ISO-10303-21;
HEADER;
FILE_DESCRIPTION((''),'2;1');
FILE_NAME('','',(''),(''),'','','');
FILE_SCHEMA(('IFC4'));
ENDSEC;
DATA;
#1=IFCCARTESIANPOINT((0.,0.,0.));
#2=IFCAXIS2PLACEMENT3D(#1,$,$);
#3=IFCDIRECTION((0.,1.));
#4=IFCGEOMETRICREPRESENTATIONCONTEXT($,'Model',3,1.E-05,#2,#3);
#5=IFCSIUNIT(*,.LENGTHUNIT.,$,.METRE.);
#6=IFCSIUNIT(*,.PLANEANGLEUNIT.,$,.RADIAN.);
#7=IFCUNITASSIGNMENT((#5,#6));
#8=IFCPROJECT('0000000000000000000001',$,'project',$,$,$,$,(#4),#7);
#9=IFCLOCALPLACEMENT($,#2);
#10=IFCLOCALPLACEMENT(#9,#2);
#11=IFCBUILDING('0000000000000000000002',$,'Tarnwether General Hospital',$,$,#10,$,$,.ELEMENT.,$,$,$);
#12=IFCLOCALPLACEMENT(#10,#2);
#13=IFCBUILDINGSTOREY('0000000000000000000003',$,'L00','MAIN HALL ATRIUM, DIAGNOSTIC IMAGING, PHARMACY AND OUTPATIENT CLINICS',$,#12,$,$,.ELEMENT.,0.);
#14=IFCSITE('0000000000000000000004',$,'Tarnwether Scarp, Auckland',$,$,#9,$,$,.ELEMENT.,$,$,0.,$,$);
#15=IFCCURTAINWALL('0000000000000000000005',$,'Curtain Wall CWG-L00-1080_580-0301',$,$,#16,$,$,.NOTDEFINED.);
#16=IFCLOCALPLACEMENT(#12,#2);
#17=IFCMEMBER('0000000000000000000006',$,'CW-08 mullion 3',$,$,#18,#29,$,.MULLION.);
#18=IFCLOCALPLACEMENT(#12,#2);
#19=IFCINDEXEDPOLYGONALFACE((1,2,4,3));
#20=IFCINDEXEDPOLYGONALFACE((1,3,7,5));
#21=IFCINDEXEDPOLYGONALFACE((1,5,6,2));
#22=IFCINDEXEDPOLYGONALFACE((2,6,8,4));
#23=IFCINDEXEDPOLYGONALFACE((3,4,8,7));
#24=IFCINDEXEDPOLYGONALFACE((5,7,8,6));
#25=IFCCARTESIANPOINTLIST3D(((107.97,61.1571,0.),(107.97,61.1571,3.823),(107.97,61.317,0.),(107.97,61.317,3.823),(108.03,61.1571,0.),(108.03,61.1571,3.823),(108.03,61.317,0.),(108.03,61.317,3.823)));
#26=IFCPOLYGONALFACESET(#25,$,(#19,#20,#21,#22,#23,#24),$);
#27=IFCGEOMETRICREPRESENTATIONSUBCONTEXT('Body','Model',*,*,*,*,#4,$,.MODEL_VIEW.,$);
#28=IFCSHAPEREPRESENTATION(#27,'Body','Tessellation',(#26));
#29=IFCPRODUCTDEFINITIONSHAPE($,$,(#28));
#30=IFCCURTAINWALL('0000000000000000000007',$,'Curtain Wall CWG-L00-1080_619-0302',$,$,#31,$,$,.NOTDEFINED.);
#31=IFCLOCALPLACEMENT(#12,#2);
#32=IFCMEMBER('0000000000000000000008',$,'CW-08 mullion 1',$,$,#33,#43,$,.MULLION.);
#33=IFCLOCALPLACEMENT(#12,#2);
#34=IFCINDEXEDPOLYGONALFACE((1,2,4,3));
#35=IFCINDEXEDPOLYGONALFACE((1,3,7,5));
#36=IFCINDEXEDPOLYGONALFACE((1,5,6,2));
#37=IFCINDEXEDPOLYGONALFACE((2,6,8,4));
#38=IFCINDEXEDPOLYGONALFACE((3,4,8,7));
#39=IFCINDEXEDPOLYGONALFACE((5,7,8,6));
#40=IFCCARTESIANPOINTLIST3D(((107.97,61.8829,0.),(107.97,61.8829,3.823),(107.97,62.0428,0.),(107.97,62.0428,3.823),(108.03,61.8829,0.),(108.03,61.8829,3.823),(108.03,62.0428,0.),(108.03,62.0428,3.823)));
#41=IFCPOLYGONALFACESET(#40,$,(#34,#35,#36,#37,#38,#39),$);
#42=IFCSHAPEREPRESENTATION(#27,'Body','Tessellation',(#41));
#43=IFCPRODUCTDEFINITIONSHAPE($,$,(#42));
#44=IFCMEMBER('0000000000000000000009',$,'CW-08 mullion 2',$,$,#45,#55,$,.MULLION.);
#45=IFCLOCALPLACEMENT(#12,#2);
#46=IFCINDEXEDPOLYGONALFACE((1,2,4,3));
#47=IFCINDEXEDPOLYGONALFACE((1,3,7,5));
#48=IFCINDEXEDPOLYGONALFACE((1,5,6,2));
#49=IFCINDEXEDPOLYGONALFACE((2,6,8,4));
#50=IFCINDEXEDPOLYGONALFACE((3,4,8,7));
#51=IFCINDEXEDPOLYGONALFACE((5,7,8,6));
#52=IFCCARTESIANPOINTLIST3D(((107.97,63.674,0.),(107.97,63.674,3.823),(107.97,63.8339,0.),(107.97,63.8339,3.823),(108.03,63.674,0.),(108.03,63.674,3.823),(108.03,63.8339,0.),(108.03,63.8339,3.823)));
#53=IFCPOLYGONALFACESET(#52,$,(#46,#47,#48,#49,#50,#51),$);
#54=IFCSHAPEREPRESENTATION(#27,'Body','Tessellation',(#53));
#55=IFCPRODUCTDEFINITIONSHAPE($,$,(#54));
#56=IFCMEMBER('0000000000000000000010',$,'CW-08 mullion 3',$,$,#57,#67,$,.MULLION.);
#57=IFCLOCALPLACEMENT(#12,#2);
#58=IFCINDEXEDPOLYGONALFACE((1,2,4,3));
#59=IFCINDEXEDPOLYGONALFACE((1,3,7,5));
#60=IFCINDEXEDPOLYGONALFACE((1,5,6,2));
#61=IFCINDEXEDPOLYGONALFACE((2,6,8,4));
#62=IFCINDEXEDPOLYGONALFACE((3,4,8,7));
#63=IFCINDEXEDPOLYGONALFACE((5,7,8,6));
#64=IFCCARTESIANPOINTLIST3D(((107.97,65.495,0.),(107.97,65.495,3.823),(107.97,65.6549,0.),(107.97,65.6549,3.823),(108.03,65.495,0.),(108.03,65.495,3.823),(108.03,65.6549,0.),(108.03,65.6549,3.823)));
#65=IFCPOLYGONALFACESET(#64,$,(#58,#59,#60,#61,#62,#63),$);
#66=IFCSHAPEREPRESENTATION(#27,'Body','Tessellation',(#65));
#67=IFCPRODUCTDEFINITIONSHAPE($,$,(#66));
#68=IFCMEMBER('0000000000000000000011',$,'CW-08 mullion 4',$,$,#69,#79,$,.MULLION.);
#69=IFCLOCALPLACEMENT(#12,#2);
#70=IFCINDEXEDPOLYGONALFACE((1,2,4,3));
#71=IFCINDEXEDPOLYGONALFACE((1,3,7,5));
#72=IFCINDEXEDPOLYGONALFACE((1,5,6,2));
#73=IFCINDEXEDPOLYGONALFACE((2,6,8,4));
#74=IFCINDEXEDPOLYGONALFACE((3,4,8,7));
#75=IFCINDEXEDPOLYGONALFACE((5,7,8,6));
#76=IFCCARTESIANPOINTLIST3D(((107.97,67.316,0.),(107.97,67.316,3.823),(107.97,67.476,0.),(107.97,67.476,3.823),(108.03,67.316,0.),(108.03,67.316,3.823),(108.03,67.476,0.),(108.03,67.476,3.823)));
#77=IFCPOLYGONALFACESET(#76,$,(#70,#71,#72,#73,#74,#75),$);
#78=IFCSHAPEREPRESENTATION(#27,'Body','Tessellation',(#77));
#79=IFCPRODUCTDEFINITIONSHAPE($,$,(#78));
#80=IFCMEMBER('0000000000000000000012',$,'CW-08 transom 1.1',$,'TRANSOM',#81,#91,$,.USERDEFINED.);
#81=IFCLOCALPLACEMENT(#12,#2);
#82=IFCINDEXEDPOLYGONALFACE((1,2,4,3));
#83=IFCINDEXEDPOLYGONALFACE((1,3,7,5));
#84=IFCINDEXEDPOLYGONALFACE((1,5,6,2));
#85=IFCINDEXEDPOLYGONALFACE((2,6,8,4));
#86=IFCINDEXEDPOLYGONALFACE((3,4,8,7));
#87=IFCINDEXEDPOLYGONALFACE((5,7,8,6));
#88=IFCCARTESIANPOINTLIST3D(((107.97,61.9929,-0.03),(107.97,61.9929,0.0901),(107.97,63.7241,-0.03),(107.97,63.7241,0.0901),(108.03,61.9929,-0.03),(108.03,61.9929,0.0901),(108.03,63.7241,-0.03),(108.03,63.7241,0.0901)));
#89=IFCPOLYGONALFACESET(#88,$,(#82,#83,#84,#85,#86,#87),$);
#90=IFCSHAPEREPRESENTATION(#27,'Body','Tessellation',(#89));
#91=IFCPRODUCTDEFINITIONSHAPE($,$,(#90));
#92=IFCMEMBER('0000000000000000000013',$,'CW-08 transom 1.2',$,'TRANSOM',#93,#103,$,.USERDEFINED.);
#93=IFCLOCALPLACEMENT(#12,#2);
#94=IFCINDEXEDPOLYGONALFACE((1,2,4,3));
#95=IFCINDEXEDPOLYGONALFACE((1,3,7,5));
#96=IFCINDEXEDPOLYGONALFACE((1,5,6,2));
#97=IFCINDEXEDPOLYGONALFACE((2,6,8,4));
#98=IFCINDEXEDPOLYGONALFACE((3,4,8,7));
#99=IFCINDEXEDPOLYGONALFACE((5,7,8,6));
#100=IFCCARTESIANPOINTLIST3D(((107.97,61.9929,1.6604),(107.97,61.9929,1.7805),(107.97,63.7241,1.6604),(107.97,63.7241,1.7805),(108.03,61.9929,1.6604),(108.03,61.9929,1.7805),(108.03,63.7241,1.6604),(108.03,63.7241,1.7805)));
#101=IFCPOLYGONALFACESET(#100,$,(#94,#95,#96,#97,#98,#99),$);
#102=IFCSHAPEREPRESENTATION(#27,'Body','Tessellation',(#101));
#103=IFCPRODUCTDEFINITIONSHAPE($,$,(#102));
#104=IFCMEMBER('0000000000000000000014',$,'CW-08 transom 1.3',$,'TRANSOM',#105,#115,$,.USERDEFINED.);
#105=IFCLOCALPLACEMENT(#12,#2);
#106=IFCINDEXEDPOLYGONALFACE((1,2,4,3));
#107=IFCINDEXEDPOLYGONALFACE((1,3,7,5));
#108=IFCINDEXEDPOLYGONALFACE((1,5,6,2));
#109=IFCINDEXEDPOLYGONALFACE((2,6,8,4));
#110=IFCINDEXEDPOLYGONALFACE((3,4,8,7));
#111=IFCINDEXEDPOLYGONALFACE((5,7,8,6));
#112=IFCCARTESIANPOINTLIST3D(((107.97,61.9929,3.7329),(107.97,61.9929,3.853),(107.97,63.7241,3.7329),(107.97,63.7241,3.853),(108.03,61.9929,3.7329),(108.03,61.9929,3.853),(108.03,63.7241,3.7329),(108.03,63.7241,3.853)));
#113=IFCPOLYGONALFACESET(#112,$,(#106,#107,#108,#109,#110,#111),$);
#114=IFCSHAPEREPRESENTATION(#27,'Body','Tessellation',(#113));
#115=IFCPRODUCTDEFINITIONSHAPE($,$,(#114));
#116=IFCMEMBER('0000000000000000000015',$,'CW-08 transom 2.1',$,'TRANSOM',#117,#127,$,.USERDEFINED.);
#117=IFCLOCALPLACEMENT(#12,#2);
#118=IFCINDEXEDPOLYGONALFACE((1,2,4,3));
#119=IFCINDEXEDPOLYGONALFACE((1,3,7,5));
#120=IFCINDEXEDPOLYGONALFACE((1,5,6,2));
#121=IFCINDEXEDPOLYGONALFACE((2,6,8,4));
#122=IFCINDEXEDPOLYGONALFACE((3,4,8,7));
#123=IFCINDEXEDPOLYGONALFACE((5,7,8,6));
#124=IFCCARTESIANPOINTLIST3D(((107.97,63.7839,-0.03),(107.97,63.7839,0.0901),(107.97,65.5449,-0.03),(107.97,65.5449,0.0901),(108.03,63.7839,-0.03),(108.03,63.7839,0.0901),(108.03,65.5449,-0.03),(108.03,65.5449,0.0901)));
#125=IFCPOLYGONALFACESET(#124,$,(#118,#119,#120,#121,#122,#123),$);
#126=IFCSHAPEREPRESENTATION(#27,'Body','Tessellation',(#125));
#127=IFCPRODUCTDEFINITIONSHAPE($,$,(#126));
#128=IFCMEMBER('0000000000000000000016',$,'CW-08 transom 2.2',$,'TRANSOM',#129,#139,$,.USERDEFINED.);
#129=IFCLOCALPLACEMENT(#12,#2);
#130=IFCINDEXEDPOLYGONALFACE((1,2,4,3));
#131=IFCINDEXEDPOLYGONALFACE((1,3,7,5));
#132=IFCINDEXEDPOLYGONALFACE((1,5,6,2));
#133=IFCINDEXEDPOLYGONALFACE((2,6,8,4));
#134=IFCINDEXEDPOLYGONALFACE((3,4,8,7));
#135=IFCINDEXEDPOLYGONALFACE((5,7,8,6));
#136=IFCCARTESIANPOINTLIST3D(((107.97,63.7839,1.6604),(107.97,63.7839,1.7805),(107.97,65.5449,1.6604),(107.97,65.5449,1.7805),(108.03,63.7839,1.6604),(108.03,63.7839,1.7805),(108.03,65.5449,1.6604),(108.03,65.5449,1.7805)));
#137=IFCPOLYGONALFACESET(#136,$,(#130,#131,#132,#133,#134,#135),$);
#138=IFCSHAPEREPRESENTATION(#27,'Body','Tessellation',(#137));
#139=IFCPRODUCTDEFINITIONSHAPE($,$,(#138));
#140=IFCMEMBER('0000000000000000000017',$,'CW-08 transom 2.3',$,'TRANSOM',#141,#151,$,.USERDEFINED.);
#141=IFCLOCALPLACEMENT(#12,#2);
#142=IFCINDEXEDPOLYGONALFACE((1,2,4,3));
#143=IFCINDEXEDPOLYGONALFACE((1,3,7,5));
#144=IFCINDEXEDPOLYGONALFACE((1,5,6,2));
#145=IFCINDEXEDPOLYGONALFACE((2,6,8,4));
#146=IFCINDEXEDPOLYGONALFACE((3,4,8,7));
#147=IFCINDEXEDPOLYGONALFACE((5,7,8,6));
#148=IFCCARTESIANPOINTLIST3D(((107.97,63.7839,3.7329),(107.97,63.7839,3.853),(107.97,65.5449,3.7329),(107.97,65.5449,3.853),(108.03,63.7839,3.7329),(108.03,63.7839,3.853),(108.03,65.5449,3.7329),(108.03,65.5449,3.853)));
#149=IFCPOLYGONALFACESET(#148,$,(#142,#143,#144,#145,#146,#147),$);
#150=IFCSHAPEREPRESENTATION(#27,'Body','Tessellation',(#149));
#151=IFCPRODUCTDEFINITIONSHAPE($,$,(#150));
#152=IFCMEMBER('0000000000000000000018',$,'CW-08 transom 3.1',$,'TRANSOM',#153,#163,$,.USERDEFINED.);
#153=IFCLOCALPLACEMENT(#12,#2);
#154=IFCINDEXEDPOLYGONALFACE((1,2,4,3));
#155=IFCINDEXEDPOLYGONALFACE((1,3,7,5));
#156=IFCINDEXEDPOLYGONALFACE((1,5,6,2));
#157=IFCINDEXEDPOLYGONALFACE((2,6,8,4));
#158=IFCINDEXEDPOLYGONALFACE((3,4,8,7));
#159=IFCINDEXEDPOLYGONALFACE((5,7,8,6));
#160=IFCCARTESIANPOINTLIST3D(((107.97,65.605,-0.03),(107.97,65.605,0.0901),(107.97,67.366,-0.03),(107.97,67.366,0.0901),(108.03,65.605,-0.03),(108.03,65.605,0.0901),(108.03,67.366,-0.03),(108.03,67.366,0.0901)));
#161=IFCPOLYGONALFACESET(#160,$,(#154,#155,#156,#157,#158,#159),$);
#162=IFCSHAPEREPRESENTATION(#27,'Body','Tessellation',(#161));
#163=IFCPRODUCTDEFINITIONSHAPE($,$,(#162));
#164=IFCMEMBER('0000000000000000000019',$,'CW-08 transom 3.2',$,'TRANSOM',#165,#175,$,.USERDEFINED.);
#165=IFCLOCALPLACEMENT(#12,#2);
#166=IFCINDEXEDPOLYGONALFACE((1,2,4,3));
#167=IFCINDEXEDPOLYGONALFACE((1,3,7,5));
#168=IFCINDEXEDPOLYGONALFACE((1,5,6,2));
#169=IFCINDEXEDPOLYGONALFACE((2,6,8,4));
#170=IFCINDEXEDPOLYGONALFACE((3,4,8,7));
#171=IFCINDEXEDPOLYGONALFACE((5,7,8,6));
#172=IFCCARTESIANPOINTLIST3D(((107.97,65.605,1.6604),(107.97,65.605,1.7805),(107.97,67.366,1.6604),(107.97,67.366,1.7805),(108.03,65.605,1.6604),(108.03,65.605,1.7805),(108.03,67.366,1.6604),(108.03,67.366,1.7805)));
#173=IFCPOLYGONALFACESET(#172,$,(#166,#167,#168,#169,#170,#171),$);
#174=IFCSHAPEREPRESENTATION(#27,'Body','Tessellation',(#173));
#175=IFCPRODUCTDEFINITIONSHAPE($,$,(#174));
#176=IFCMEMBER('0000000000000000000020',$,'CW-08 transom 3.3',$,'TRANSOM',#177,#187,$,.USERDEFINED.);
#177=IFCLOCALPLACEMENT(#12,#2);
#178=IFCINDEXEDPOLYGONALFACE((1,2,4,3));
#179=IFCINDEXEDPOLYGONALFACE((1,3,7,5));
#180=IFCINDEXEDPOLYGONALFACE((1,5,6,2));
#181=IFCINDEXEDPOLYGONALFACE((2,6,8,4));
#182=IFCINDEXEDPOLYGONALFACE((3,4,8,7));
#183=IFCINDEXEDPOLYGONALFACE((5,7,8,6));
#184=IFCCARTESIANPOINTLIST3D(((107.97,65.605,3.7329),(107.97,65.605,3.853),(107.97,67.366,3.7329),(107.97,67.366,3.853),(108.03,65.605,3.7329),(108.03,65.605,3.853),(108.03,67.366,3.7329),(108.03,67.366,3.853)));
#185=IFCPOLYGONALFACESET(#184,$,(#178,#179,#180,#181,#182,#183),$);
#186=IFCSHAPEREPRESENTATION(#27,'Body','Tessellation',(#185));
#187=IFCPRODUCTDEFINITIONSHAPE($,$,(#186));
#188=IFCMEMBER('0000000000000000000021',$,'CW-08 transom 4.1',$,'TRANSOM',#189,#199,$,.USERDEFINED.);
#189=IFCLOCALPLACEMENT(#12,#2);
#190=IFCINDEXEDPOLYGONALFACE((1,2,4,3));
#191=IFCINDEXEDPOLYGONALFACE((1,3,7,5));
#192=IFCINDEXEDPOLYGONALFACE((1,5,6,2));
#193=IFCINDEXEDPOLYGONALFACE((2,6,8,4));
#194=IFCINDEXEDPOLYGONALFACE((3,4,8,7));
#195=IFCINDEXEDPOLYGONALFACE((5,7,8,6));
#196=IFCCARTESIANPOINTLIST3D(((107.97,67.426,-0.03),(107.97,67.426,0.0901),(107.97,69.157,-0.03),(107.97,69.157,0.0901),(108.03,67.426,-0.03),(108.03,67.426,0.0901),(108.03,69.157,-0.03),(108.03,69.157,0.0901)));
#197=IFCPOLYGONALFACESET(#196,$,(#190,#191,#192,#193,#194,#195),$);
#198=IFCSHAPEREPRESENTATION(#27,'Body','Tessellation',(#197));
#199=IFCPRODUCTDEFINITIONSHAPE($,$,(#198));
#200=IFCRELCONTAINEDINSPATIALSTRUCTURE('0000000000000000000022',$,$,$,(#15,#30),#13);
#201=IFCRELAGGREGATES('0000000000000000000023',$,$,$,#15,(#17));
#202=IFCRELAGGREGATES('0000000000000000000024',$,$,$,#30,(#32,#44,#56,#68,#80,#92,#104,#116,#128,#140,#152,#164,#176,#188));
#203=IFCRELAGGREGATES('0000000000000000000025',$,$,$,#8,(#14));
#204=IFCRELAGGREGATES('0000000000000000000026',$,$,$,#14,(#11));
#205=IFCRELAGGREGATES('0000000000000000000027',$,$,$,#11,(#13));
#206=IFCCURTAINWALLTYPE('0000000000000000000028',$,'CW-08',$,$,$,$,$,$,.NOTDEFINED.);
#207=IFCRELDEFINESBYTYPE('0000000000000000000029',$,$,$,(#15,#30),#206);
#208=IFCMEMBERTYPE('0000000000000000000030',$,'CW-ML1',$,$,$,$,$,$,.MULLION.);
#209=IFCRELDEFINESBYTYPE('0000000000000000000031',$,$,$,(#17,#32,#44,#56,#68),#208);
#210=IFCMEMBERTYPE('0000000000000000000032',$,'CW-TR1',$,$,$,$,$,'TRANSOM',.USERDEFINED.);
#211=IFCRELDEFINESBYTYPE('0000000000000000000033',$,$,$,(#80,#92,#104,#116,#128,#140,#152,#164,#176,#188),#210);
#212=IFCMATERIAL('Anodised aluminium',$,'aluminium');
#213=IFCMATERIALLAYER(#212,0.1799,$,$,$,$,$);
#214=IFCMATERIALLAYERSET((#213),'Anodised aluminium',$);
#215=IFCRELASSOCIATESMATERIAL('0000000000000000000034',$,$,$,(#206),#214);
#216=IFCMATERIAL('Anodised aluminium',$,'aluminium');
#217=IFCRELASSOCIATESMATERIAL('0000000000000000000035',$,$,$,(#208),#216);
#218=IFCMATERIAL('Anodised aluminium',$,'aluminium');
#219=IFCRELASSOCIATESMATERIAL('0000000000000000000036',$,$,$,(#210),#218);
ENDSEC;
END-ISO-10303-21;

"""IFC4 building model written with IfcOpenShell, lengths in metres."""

from ifc_helpers import new_model, si_unit, direction, frame, origin, origin_2d, place, context, subcontext, project, spatial, rectangle, extrude, material, layer, layer_set, material_profile, profile_set, type_object, element, aggregate, save


model = new_model("IFC4")

# Units and contexts
model_context = context("Model", 3, precision=1e-05, world=origin(), true_north=direction((0.0, 1.0)))
body_context = subcontext(model_context, "Body", "Model", "MODEL_VIEW")
ifc_project = project(units=[si_unit("LENGTHUNIT", "METRE"), si_unit("PLANEANGLEUNIT", "RADIAN")], contexts=[model_context])

# Site, building, storey
site_placement = place(None, origin())
site = spatial("IfcSite", under=ifc_project, at=site_placement, Name="Tarnwether Scarp, Auckland", CompositionType="ELEMENT", RefElevation=0.0)
building_placement = place(site_placement, origin())
building = spatial("IfcBuilding", under=site, at=building_placement, Name="Tarnwether General Hospital", CompositionType="ELEMENT")
storey_placement = place(building_placement, origin())
storey = spatial("IfcBuildingStorey", under=building, at=storey_placement, Name="L00", Description="MAIN HALL ATRIUM, DIAGNOSTIC IMAGING, PHARMACY AND OUTPATIENT CLINICS", CompositionType="ELEMENT", Elevation=0.0)

# Curtain wall, member
ifc_material_1 = material(Name="Anodised aluminium", Category="aluminium")
ifc_layer_1 = layer(ifc_material_1, 0.1799)
ifc_layer_set_1 = layer_set([ifc_layer_1], Name="Anodised aluminium")
curtain_wall_type = type_object("IfcCurtainWallType", Name="CW-08", PredefinedType="NOTDEFINED", material=ifc_layer_set_1)
curtain_wall_1_placement = place(storey_placement, origin())
curtain_wall_1 = element("IfcCurtainWall", 1, at=curtain_wall_1_placement, inside=storey, type_object=curtain_wall_type, Name="Curtain Wall CWG-L00-1080_580-0301", PredefinedType="NOTDEFINED")
ifc_material_2 = material(Name="Anodised aluminium", Category="aluminium")
ifc_material_profile_1 = material_profile(ifc_material_2, rectangle(XDim=0.0601, YDim=0.1599, at=origin_2d()), Name="ALU-MUL-60x160")
ifc_profile_set_1 = profile_set([ifc_material_profile_1], Name="Anodised aluminium")
member_type_1 = type_object("IfcMemberType", Name="CW-ML1", PredefinedType="MULLION", material=ifc_profile_set_1)
member_1_placement = place(storey_placement, frame((108.0, 61.2371, 0.0), z_axis=(0.0, 0.0, 1.0), x_axis=(-1.0, 0.0, 0.0)))
member_1 = element("IfcMember", 2, at=member_1_placement, type_object=member_type_1, Name="CW-08 mullion 3", PredefinedType="MULLION", context=body_context, shape_type="SweptSolid", body=[
    extrude(rectangle(XDim=0.0601, YDim=0.1599, at=origin_2d()), origin(), (0.0, 0.0, 1.0), 3.823),
])

# Curtain wall, members
curtain_wall_2_placement = place(storey_placement, origin())
curtain_wall_2 = element("IfcCurtainWall", 3, at=curtain_wall_2_placement, inside=storey, type_object=curtain_wall_type, Name="Curtain Wall CWG-L00-1080_619-0302", PredefinedType="NOTDEFINED")
member_2_placement = place(storey_placement, frame((108.0, 61.9629, 0.0), z_axis=(0.0, 0.0, 1.0), x_axis=(-1.0, 0.0, 0.0)))
member_2 = element("IfcMember", 4, at=member_2_placement, type_object=member_type_1, Name="CW-08 mullion 1", PredefinedType="MULLION", context=body_context, shape_type="SweptSolid", body=[
    extrude(rectangle(XDim=0.0601, YDim=0.1599, at=origin_2d()), origin(), (0.0, 0.0, 1.0), 3.823),
])
member_3_placement = place(storey_placement, frame((108.0, 63.7539, 0.0), z_axis=(0.0, 0.0, 1.0), x_axis=(-1.0, 0.0, 0.0)))
member_3 = element("IfcMember", 5, at=member_3_placement, type_object=member_type_1, Name="CW-08 mullion 2", PredefinedType="MULLION", context=body_context, shape_type="SweptSolid", body=[
    extrude(rectangle(XDim=0.0601, YDim=0.1599, at=origin_2d()), origin(), (0.0, 0.0, 1.0), 3.823),
])
member_4_placement = place(storey_placement, frame((108.0, 65.575, 0.0), z_axis=(0.0, 0.0, 1.0), x_axis=(-1.0, 0.0, 0.0)))
member_4 = element("IfcMember", 6, at=member_4_placement, type_object=member_type_1, Name="CW-08 mullion 3", PredefinedType="MULLION", context=body_context, shape_type="SweptSolid", body=[
    extrude(rectangle(XDim=0.0601, YDim=0.1599, at=origin_2d()), origin(), (0.0, 0.0, 1.0), 3.823),
])
member_5_placement = place(storey_placement, frame((108.0, 67.396, 0.0), z_axis=(0.0, 0.0, 1.0), x_axis=(-1.0, 0.0, 0.0)))
member_5 = element("IfcMember", 7, at=member_5_placement, type_object=member_type_1, Name="CW-08 mullion 4", PredefinedType="MULLION", context=body_context, shape_type="SweptSolid", body=[
    extrude(rectangle(XDim=0.0601, YDim=0.1599, at=origin_2d()), origin(), (0.0, 0.0, 1.0), 3.823),
])
ifc_material_3 = material(Name="Anodised aluminium", Category="aluminium")
ifc_material_profile_2 = material_profile(ifc_material_3, rectangle(XDim=0.0601, YDim=0.1201, at=origin_2d()), Name="ALU-TRN-60x120")
ifc_profile_set_2 = profile_set([ifc_material_profile_2], Name="Anodised aluminium")
member_type_2 = type_object("IfcMemberType", Name="CW-TR1", ElementType="TRANSOM", PredefinedType="USERDEFINED", material=ifc_profile_set_2)
member_6_placement = place(storey_placement, frame((108.0, 61.9929, 0.03), z_axis=(0.0, 1.0, 0.0), x_axis=(-1.0, 0.0, 0.0)))
member_6 = element("IfcMember", 8, at=member_6_placement, type_object=member_type_2, Name="CW-08 transom 1.1", ObjectType="TRANSOM", PredefinedType="USERDEFINED", context=body_context, shape_type="SweptSolid", body=[
    extrude(rectangle(XDim=0.0601, YDim=0.1201, at=origin_2d()), origin(), (0.0, 0.0, 1.0), 1.7312),
])
member_7_placement = place(storey_placement, frame((108.0, 61.9929, 1.7205), z_axis=(0.0, 1.0, 0.0), x_axis=(-1.0, 0.0, 0.0)))
member_7 = element("IfcMember", 9, at=member_7_placement, type_object=member_type_2, Name="CW-08 transom 1.2", ObjectType="TRANSOM", PredefinedType="USERDEFINED", context=body_context, shape_type="SweptSolid", body=[
    extrude(rectangle(XDim=0.0601, YDim=0.1201, at=origin_2d()), origin(), (0.0, 0.0, 1.0), 1.7312),
])
member_8_placement = place(storey_placement, frame((108.0, 61.9929, 3.793), z_axis=(0.0, 1.0, 0.0), x_axis=(-1.0, 0.0, 0.0)))
member_8 = element("IfcMember", 10, at=member_8_placement, type_object=member_type_2, Name="CW-08 transom 1.3", ObjectType="TRANSOM", PredefinedType="USERDEFINED", context=body_context, shape_type="SweptSolid", body=[
    extrude(rectangle(XDim=0.0601, YDim=0.1201, at=origin_2d()), origin(), (0.0, 0.0, 1.0), 1.7312),
])
member_9_placement = place(storey_placement, frame((108.0, 63.7839, 0.03), z_axis=(0.0, 1.0, 0.0), x_axis=(-1.0, 0.0, 0.0)))
member_9 = element("IfcMember", 11, at=member_9_placement, type_object=member_type_2, Name="CW-08 transom 2.1", ObjectType="TRANSOM", PredefinedType="USERDEFINED", context=body_context, shape_type="SweptSolid", body=[
    extrude(rectangle(XDim=0.0601, YDim=0.1201, at=origin_2d()), origin(), (0.0, 0.0, 1.0), 1.761),
])
member_10_placement = place(storey_placement, frame((108.0, 63.7839, 1.7205), z_axis=(0.0, 1.0, 0.0), x_axis=(-1.0, 0.0, 0.0)))
member_10 = element("IfcMember", 12, at=member_10_placement, type_object=member_type_2, Name="CW-08 transom 2.2", ObjectType="TRANSOM", PredefinedType="USERDEFINED", context=body_context, shape_type="SweptSolid", body=[
    extrude(rectangle(XDim=0.0601, YDim=0.1201, at=origin_2d()), origin(), (0.0, 0.0, 1.0), 1.761),
])
member_11_placement = place(storey_placement, frame((108.0, 63.7839, 3.793), z_axis=(0.0, 1.0, 0.0), x_axis=(-1.0, 0.0, 0.0)))
member_11 = element("IfcMember", 13, at=member_11_placement, type_object=member_type_2, Name="CW-08 transom 2.3", ObjectType="TRANSOM", PredefinedType="USERDEFINED", context=body_context, shape_type="SweptSolid", body=[
    extrude(rectangle(XDim=0.0601, YDim=0.1201, at=origin_2d()), origin(), (0.0, 0.0, 1.0), 1.761),
])
member_12_placement = place(storey_placement, frame((108.0, 65.605, 0.03), z_axis=(0.0, 1.0, 0.0), x_axis=(-1.0, 0.0, 0.0)))
member_12 = element("IfcMember", 14, at=member_12_placement, type_object=member_type_2, Name="CW-08 transom 3.1", ObjectType="TRANSOM", PredefinedType="USERDEFINED", context=body_context, shape_type="SweptSolid", body=[
    extrude(rectangle(XDim=0.0601, YDim=0.1201, at=origin_2d()), origin(), (0.0, 0.0, 1.0), 1.761),
])
member_13_placement = place(storey_placement, frame((108.0, 65.605, 1.7205), z_axis=(0.0, 1.0, 0.0), x_axis=(-1.0, 0.0, 0.0)))
member_13 = element("IfcMember", 15, at=member_13_placement, type_object=member_type_2, Name="CW-08 transom 3.2", ObjectType="TRANSOM", PredefinedType="USERDEFINED", context=body_context, shape_type="SweptSolid", body=[
    extrude(rectangle(XDim=0.0601, YDim=0.1201, at=origin_2d()), origin(), (0.0, 0.0, 1.0), 1.761),
])
member_14_placement = place(storey_placement, frame((108.0, 65.605, 3.793), z_axis=(0.0, 1.0, 0.0), x_axis=(-1.0, 0.0, 0.0)))
member_14 = element("IfcMember", 16, at=member_14_placement, type_object=member_type_2, Name="CW-08 transom 3.3", ObjectType="TRANSOM", PredefinedType="USERDEFINED", context=body_context, shape_type="SweptSolid", body=[
    extrude(rectangle(XDim=0.0601, YDim=0.1201, at=origin_2d()), origin(), (0.0, 0.0, 1.0), 1.761),
])
member_15_placement = place(storey_placement, frame((108.0, 67.426, 0.03), z_axis=(0.0, 1.0, 0.0), x_axis=(-1.0, 0.0, 0.0)))
member_15 = element("IfcMember", 17, at=member_15_placement, type_object=member_type_2, Name="CW-08 transom 4.1", ObjectType="TRANSOM", PredefinedType="USERDEFINED", context=body_context, shape_type="SweptSolid", body=[
    extrude(rectangle(XDim=0.0601, YDim=0.1201, at=origin_2d()), origin(), (0.0, 0.0, 1.0), 1.731),
])

aggregate(curtain_wall_1, [member_1])
aggregate(curtain_wall_2, [member_2, member_3, member_4, member_5, member_6, member_7, member_8, member_9, member_10, member_11, member_12, member_13, member_14, member_15])

save(model, "model.ifc")
